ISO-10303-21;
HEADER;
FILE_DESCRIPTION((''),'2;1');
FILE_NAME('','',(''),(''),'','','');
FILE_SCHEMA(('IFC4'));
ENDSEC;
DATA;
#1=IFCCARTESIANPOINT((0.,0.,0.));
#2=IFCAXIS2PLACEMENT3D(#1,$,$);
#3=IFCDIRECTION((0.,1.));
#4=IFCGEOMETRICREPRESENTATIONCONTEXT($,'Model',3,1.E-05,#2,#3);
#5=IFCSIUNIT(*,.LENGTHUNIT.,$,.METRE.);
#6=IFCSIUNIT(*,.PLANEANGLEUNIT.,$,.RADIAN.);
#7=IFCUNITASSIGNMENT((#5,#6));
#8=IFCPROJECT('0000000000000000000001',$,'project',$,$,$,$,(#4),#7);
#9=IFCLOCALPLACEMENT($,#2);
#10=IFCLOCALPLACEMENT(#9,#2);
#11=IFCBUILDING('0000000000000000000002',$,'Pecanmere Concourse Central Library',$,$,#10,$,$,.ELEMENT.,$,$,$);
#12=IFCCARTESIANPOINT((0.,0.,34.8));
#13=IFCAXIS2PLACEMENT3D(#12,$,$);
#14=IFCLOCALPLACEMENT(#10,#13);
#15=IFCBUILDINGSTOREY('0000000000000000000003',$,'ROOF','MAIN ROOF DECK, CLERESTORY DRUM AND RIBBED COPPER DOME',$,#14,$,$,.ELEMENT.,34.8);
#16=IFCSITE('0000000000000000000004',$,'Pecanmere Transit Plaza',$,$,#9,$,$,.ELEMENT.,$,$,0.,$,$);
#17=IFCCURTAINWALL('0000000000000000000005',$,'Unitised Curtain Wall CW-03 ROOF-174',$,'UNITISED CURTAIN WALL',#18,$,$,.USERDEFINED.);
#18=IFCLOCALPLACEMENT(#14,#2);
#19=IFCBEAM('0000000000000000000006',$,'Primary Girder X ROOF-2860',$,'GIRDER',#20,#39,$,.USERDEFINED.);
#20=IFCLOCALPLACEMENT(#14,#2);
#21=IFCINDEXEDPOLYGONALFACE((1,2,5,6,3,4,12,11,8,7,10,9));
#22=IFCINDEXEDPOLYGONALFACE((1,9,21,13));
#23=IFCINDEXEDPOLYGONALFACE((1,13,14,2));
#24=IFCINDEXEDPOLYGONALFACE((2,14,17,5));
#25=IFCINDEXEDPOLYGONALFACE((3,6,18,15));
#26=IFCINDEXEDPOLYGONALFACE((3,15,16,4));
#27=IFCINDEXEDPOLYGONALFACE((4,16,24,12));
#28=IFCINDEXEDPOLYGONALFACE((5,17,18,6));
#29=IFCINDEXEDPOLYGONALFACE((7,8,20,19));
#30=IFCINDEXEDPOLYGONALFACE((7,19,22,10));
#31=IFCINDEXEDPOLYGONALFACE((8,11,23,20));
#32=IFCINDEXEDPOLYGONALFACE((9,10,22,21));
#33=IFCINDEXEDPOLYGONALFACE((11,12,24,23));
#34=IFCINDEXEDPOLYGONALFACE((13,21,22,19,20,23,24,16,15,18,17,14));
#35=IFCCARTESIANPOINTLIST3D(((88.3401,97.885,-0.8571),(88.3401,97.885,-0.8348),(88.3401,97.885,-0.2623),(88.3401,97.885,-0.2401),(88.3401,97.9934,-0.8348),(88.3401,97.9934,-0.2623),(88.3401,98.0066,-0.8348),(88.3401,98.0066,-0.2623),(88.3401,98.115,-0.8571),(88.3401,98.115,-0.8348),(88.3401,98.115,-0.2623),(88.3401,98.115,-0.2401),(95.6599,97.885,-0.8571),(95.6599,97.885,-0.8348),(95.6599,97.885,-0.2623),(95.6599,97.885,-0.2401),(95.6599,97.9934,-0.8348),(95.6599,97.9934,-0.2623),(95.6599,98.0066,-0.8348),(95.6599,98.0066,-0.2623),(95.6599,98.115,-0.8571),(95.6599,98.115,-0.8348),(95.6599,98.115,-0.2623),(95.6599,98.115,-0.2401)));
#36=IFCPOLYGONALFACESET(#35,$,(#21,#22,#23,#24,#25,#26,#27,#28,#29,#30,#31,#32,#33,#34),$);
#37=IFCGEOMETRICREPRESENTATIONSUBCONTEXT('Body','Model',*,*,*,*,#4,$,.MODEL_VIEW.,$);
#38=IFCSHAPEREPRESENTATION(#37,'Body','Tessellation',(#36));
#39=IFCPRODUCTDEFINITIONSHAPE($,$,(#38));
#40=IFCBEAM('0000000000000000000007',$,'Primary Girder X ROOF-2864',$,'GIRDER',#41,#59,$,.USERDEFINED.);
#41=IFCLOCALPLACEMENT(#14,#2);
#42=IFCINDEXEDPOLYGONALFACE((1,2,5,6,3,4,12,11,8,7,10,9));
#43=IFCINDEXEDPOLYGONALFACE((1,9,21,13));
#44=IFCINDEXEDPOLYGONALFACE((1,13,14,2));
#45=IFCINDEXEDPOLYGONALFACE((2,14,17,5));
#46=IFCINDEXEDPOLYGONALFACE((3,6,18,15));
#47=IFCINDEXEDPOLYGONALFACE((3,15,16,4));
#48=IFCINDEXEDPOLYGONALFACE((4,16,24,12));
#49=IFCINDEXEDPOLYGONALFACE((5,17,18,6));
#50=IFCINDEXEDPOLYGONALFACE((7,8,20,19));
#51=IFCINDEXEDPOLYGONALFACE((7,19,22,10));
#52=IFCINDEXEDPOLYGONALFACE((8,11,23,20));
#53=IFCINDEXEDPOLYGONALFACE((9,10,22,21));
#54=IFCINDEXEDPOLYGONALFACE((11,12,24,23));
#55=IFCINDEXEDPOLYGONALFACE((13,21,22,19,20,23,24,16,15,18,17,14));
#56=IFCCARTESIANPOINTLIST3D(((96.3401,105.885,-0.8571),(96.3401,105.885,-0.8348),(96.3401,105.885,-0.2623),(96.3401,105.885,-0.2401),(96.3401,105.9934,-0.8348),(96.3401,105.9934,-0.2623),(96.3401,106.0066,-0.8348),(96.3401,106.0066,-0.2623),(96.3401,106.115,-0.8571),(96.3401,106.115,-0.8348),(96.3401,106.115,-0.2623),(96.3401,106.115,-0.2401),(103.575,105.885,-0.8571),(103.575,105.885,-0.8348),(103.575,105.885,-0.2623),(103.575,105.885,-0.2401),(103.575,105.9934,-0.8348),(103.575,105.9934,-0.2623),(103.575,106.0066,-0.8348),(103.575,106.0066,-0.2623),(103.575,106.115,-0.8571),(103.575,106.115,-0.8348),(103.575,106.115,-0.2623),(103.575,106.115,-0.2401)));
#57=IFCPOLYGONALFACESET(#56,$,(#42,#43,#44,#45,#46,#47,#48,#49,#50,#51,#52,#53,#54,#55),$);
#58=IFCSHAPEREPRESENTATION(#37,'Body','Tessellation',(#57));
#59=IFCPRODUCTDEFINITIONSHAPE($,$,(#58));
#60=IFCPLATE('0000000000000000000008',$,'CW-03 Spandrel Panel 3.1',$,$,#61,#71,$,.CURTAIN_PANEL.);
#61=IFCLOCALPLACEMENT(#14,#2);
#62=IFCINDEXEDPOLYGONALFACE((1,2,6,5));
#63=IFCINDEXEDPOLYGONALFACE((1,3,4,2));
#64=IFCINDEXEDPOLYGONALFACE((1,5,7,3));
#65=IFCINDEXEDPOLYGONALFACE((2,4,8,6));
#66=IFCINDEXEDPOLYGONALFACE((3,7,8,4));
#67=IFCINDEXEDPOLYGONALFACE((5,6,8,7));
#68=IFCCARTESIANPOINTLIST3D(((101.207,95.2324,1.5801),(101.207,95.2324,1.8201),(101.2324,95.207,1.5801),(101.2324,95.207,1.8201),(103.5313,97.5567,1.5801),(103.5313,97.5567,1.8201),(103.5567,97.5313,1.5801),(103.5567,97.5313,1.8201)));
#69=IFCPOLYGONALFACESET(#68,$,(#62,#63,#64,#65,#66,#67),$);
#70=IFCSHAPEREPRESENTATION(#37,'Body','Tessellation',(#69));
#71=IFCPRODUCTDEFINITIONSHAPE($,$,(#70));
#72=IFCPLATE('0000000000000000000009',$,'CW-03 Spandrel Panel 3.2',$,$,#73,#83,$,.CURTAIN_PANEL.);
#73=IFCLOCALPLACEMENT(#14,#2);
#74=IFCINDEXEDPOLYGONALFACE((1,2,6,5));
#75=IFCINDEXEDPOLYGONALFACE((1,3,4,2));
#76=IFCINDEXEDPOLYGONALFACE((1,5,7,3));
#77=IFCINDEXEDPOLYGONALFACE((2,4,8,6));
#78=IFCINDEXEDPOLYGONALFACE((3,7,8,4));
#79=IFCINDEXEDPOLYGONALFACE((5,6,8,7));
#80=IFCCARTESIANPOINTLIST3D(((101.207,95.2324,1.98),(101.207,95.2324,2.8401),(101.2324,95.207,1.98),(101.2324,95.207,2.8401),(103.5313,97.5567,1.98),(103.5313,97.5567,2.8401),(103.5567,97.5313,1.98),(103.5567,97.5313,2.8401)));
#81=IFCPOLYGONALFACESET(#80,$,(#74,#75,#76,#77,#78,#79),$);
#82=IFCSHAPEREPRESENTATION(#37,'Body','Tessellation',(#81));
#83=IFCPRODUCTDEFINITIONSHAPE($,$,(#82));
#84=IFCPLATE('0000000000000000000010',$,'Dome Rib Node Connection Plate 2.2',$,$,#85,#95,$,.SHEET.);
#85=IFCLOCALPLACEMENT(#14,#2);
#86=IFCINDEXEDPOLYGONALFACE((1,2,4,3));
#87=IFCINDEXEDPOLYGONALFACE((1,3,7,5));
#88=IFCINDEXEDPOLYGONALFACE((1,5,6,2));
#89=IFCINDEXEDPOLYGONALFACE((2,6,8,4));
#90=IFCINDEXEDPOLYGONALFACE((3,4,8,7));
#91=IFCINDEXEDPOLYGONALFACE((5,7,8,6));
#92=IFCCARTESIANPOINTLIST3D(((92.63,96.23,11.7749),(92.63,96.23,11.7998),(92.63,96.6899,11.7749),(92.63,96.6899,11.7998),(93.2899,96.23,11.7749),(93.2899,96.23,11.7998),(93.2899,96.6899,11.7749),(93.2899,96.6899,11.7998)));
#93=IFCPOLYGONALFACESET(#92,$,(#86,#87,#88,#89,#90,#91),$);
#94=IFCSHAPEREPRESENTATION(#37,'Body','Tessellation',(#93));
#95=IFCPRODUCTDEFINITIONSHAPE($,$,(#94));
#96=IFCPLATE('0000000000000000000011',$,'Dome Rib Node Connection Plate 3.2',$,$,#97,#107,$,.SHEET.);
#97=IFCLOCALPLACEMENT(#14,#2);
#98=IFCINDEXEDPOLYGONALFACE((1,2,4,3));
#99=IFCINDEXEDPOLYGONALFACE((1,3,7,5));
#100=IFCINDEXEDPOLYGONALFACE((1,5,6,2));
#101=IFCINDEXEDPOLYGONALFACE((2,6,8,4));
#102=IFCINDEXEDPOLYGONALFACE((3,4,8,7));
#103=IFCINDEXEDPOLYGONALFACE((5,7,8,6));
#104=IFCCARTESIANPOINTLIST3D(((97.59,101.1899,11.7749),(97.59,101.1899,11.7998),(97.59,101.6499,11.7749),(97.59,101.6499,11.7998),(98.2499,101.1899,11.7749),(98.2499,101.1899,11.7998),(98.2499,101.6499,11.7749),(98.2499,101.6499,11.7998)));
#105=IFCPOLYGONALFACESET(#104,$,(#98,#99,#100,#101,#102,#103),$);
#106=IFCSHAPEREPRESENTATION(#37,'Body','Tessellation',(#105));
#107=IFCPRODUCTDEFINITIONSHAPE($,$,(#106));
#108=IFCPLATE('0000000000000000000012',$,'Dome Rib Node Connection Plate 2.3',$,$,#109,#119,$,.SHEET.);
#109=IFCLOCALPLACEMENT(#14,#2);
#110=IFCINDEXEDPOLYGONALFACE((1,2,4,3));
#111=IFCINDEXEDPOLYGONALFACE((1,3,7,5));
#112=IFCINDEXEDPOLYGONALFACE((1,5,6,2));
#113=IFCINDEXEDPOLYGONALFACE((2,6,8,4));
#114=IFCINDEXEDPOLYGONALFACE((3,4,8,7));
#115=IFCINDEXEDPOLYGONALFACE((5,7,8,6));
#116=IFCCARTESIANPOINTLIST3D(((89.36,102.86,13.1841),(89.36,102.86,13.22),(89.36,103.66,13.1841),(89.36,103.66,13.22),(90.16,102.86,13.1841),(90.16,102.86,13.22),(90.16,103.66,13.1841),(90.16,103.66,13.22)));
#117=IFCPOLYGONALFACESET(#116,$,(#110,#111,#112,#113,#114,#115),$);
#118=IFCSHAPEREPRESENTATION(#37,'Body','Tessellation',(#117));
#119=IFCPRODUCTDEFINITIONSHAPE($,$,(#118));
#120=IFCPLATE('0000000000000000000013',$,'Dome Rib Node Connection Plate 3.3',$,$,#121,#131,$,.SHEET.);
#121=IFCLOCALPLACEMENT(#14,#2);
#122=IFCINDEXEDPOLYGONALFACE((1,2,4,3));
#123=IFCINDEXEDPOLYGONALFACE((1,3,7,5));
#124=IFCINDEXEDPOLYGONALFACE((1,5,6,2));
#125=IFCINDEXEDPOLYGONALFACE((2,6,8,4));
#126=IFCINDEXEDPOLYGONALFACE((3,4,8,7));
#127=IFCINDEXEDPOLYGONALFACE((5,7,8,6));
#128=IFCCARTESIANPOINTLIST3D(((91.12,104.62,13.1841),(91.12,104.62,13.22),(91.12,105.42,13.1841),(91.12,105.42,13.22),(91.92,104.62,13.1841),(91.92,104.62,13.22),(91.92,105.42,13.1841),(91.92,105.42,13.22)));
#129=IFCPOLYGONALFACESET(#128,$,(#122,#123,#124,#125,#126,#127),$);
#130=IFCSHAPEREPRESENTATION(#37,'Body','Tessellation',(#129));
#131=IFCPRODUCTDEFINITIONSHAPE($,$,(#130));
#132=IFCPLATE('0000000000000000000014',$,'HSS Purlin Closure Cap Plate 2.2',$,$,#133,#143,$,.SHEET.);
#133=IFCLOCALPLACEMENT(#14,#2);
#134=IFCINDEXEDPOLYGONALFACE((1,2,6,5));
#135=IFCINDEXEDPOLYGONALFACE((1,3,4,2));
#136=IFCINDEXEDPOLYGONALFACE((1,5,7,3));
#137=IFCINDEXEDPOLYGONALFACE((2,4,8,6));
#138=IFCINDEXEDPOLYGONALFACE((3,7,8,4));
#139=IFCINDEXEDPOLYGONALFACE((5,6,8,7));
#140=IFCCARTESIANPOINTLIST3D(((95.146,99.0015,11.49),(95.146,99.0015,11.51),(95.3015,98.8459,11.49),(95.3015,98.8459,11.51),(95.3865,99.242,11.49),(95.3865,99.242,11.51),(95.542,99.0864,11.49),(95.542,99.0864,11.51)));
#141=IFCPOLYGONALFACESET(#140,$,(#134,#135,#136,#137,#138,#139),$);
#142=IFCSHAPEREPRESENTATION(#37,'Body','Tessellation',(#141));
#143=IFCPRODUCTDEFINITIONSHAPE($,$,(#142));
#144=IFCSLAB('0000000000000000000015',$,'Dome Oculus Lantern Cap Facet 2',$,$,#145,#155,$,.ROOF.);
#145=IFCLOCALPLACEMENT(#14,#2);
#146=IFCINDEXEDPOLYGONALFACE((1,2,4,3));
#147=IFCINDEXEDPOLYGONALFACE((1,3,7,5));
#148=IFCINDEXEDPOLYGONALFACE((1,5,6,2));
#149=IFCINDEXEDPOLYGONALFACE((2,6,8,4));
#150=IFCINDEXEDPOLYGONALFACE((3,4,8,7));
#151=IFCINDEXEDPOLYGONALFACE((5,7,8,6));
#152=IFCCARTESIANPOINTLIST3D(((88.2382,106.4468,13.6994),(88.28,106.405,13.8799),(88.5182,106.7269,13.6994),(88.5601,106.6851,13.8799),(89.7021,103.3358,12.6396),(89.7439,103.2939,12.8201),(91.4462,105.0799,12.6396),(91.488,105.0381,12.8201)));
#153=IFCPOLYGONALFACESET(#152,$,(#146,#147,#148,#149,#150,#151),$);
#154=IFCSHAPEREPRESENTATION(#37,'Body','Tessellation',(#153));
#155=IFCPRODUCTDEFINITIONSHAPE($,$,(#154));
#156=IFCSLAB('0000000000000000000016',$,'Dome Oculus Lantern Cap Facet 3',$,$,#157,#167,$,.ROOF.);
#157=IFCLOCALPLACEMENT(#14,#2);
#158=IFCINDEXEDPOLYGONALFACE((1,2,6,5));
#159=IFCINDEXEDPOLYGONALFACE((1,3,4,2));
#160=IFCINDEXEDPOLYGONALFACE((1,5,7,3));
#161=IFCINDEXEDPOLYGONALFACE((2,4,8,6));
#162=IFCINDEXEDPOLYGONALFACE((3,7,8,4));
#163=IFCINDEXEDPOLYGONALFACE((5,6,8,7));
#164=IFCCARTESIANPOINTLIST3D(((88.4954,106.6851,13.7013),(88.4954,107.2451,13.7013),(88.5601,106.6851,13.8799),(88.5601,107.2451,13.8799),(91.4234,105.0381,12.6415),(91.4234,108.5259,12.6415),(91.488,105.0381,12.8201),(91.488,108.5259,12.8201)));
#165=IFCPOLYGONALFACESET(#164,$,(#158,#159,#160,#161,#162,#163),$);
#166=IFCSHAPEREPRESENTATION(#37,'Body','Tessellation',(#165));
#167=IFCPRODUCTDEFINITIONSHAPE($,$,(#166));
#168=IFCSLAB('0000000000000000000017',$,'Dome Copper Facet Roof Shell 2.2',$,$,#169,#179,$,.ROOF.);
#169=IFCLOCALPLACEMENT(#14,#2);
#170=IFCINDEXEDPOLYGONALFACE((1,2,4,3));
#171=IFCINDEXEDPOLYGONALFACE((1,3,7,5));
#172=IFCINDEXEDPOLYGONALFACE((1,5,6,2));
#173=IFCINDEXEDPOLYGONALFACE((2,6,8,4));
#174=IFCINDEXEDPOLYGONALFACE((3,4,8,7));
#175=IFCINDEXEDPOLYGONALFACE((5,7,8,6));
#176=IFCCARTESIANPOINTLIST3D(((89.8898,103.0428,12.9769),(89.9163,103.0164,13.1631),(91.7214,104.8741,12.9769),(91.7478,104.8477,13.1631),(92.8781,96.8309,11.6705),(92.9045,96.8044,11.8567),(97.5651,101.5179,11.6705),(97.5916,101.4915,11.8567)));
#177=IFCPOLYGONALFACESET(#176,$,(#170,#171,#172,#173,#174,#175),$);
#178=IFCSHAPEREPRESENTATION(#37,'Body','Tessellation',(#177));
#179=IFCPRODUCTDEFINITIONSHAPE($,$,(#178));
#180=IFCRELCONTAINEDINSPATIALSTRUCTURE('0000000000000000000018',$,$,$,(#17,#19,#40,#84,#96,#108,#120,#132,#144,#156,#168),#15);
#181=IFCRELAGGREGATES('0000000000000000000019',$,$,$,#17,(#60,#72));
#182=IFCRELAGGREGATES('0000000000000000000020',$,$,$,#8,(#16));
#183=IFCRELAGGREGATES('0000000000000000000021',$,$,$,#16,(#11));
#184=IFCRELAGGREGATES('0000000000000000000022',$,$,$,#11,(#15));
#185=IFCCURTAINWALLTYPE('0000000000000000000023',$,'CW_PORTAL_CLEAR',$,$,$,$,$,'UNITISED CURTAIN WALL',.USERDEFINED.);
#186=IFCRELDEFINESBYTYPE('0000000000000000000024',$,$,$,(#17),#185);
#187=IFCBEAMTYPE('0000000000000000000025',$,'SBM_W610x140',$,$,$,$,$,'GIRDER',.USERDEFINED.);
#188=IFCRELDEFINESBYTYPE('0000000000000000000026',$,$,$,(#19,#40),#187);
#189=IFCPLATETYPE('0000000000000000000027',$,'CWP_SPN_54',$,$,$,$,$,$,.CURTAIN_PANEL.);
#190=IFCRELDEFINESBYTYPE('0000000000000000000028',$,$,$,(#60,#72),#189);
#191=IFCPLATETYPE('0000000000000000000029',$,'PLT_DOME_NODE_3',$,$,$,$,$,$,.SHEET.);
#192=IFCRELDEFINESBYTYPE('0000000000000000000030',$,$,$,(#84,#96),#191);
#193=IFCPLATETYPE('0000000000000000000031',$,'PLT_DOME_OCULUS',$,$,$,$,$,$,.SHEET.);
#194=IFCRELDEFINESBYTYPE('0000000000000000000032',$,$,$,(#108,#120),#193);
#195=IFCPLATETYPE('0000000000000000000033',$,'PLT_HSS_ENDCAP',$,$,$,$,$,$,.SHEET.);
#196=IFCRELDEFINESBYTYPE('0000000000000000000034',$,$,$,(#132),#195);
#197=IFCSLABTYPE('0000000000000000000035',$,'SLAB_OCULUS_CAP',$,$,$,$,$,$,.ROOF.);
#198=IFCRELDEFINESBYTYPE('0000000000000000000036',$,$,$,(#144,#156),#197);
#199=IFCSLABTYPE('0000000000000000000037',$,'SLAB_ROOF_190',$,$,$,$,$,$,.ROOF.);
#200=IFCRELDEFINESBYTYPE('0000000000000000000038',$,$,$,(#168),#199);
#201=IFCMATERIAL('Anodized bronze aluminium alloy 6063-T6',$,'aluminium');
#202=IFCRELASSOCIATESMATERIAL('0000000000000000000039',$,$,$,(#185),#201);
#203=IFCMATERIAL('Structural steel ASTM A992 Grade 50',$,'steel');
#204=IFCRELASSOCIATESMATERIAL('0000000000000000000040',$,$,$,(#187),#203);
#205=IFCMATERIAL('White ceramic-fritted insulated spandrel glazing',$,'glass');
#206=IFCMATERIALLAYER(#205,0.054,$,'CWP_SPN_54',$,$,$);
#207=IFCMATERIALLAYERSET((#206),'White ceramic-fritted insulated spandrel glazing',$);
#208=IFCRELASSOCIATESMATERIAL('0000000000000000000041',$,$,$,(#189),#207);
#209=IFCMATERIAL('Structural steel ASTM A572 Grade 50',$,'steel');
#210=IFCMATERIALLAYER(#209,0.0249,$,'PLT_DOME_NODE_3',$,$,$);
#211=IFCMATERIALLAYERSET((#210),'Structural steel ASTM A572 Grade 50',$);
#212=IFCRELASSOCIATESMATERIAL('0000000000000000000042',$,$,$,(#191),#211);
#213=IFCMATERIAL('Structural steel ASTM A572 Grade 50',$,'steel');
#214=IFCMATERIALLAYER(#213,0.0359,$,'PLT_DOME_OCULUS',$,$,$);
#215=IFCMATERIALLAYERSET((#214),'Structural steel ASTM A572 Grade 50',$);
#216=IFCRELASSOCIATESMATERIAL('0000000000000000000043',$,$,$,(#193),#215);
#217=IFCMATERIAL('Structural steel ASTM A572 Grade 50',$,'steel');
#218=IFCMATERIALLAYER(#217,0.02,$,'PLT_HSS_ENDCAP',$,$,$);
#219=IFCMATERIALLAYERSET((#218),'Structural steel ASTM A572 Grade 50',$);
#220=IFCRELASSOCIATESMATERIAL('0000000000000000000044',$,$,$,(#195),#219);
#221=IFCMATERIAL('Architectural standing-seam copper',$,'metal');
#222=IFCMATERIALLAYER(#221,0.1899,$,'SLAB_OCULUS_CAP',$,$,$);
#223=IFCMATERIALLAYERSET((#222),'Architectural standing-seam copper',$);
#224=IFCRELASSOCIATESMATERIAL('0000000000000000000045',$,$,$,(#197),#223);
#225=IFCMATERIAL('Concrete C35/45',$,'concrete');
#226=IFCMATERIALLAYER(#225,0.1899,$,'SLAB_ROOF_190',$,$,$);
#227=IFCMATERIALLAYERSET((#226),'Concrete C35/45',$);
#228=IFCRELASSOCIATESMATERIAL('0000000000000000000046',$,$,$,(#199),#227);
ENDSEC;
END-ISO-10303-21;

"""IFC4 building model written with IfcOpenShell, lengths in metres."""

from ifc_helpers import new_model, si_unit, direction, frame, origin, origin_2d, place, context, subcontext, project, spatial, polyline, rectangle, i_section, outline, extrude, material, layer, layer_set, material_profile, profile_set, type_object, element, aggregate, save


model = new_model("IFC4")

# Units and contexts
model_context = context("Model", 3, precision=1e-05, world=origin(), true_north=direction((0.0, 1.0)))
body_context = subcontext(model_context, "Body", "Model", "MODEL_VIEW")
ifc_project = project(units=[si_unit("LENGTHUNIT", "METRE"), si_unit("PLANEANGLEUNIT", "RADIAN")], contexts=[model_context])

# Site, building, storey
site_placement = place(None, origin())
site = spatial("IfcSite", under=ifc_project, at=site_placement, Name="Pecanmere Transit Plaza", CompositionType="ELEMENT", RefElevation=0.0)
building_placement = place(site_placement, origin())
building = spatial("IfcBuilding", under=site, at=building_placement, Name="Pecanmere Concourse Central Library", CompositionType="ELEMENT")
storey_placement = place(building_placement, frame((0.0, 0.0, 34.8)))
storey = spatial("IfcBuildingStorey", under=building, at=storey_placement, Name="ROOF", Description="MAIN ROOF DECK, CLERESTORY DRUM AND RIBBED COPPER DOME", CompositionType="ELEMENT", Elevation=34.8)

# Curtain wall
ifc_material_1 = material(Name="Anodized bronze aluminium alloy 6063-T6", Category="aluminium")
curtain_wall_type = type_object("IfcCurtainWallType", Name="CW_PORTAL_CLEAR", ElementType="UNITISED CURTAIN WALL", PredefinedType="USERDEFINED", material=ifc_material_1)
curtain_wall_placement = place(storey_placement, origin())
curtain_wall = element("IfcCurtainWall", 1, at=curtain_wall_placement, inside=storey, type_object=curtain_wall_type, Name="Unitised Curtain Wall CW-03 ROOF-174", ObjectType="UNITISED CURTAIN WALL", PredefinedType="USERDEFINED")

# Beams
ifc_material_2 = material(Name="Structural steel ASTM A992 Grade 50", Category="steel")
ifc_material_profile_1 = material_profile(ifc_material_2, i_section(OverallWidth=0.23, OverallDepth=0.6169, WebThickness=0.0132, FlangeThickness=0.0222, at=origin_2d()), Name="W610x140")
ifc_profile_set_1 = profile_set([ifc_material_profile_1], Name="Structural steel ASTM A992 Grade 50")
beam_type_1 = type_object("IfcBeamType", Name="SBM_W610x140", ElementType="GIRDER", PredefinedType="USERDEFINED", material=ifc_profile_set_1)
beam_1_placement = place(storey_placement, frame((88.3401, 98.0, -0.5486), z_axis=(1.0, 0.0, 0.0), x_axis=(0.0, 1.0, 0.0)))
element("IfcBeam", 2, at=beam_1_placement, inside=storey, type_object=beam_type_1, Name="Primary Girder X ROOF-2860", ObjectType="GIRDER", PredefinedType="USERDEFINED", context=body_context, shape_type="SweptSolid", body=[
    extrude(i_section(OverallWidth=0.23, OverallDepth=0.6169, WebThickness=0.0132, FlangeThickness=0.0222, at=origin_2d()), origin(), (0.0, 0.0, 1.0), 7.3198),
])
beam_2_placement = place(storey_placement, frame((96.3401, 106.0, -0.5486), z_axis=(1.0, 0.0, 0.0), x_axis=(0.0, 1.0, 0.0)))
element("IfcBeam", 3, at=beam_2_placement, inside=storey, type_object=beam_type_1, Name="Primary Girder X ROOF-2864", ObjectType="GIRDER", PredefinedType="USERDEFINED", context=body_context, shape_type="SweptSolid", body=[
    extrude(i_section(OverallWidth=0.23, OverallDepth=0.6169, WebThickness=0.0132, FlangeThickness=0.0222, at=origin_2d()), origin(), (0.0, 0.0, 1.0), 7.2349),
])

# Plates
ifc_material_3 = material(Name="White ceramic-fritted insulated spandrel glazing", Category="glass")
ifc_layer_1 = layer(ifc_material_3, 0.054, Name="CWP_SPN_54")
ifc_layer_set_1 = layer_set([ifc_layer_1], Name="White ceramic-fritted insulated spandrel glazing")
plate_type_1 = type_object("IfcPlateType", Name="CWP_SPN_54", PredefinedType="CURTAIN_PANEL", material=ifc_layer_set_1)
plate_1_placement = place(storey_placement, frame((102.3818, 96.3818, 1.5801), z_axis=(0.0, 0.0, 1.0), x_axis=(0.707107, 0.707107, 0.0)))
plate_1 = element("IfcPlate", 4, at=plate_1_placement, type_object=plate_type_1, Name="CW-03 Spandrel Panel 3.1", PredefinedType="CURTAIN_PANEL", context=body_context, shape_type="SweptSolid", body=[
    extrude(rectangle(XDim=3.2871, YDim=0.0359, at=origin_2d()), origin(), (0.0, 0.0, 1.0), 0.24),
])
plate_2_placement = place(storey_placement, frame((102.3818, 96.3818, 1.98), z_axis=(0.0, 0.0, 1.0), x_axis=(0.707107, 0.707107, 0.0)))
plate_2 = element("IfcPlate", 5, at=plate_2_placement, type_object=plate_type_1, Name="CW-03 Spandrel Panel 3.2", PredefinedType="CURTAIN_PANEL", context=body_context, shape_type="SweptSolid", body=[
    extrude(rectangle(XDim=3.2871, YDim=0.0359, at=origin_2d()), origin(), (0.0, 0.0, 1.0), 0.8601),
])
aggregate(curtain_wall, [plate_1, plate_2])

# Plates
ifc_material_4 = material(Name="Structural steel ASTM A572 Grade 50", Category="steel")
ifc_layer_2 = layer(ifc_material_4, 0.0249, Name="PLT_DOME_NODE_3")
ifc_layer_set_2 = layer_set([ifc_layer_2], Name="Structural steel ASTM A572 Grade 50")
plate_type_2 = type_object("IfcPlateType", Name="PLT_DOME_NODE_3", PredefinedType="SHEET", material=ifc_layer_set_2)
for number, where, z_axis, x_axis, name in (
    (6, (92.96, 96.46, 11.7749), (0.0, 0.0, 1.0), (1.0, 0.0, 0.0), "Dome Rib Node Connection Plate 2.2"),
    (7, (97.9199, 101.4199, 11.7749), (0.0, 0.0, 1.0), (1.0, 0.0, 0.0), "Dome Rib Node Connection Plate 3.2"),
):
    element("IfcPlate", number, at=place(storey_placement, frame(where, z_axis=z_axis, x_axis=x_axis)), inside=storey, type_object=plate_type_2, Name=name, PredefinedType="SHEET", context=body_context, shape_type="SweptSolid", body=[
        extrude(rectangle(XDim=0.6599, YDim=0.46, at=origin_2d()), origin(), (0.0, 0.0, 1.0), 0.0249),
    ])
ifc_material_5 = material(Name="Structural steel ASTM A572 Grade 50", Category="steel")
ifc_layer_3 = layer(ifc_material_5, 0.0359, Name="PLT_DOME_OCULUS")
ifc_layer_set_3 = layer_set([ifc_layer_3], Name="Structural steel ASTM A572 Grade 50")
plate_type_3 = type_object("IfcPlateType", Name="PLT_DOME_OCULUS", PredefinedType="SHEET", material=ifc_layer_set_3)
for number, where, z_axis, x_axis, name in (
    (8, (89.76, 103.26, 13.1841), (0.0, 0.0, 1.0), (1.0, 0.0, 0.0), "Dome Rib Node Connection Plate 2.3"),
    (9, (91.52, 105.02, 13.1841), (0.0, 0.0, 1.0), (1.0, 0.0, 0.0), "Dome Rib Node Connection Plate 3.3"),
):
    element("IfcPlate", number, at=place(storey_placement, frame(where, z_axis=z_axis, x_axis=x_axis)), inside=storey, type_object=plate_type_3, Name=name, PredefinedType="SHEET", context=body_context, shape_type="SweptSolid", body=[
        extrude(rectangle(XDim=0.8, YDim=0.8, at=origin_2d()), origin(), (0.0, 0.0, 1.0), 0.0359),
    ])
ifc_material_6 = material(Name="Structural steel ASTM A572 Grade 50", Category="steel")
ifc_layer_4 = layer(ifc_material_6, 0.02, Name="PLT_HSS_ENDCAP")
ifc_layer_set_4 = layer_set([ifc_layer_4], Name="Structural steel ASTM A572 Grade 50")
plate_type_4 = type_object("IfcPlateType", Name="PLT_HSS_ENDCAP", PredefinedType="SHEET", material=ifc_layer_set_4)
plate_3_placement = place(storey_placement, frame((95.344, 99.0439, 11.49), z_axis=(0.0, 0.0, 1.0), x_axis=(0.707107, 0.707107, 0.0)))
element("IfcPlate", 10, at=plate_3_placement, inside=storey, type_object=plate_type_4, Name="HSS Purlin Closure Cap Plate 2.2", PredefinedType="SHEET", context=body_context, shape_type="SweptSolid", body=[
    extrude(rectangle(XDim=0.3401, YDim=0.22, at=origin_2d()), origin(), (0.0, 0.0, 1.0), 0.02),
])

# Slabs
ifc_material_7 = material(Name="Architectural standing-seam copper", Category="metal")
ifc_layer_5 = layer(ifc_material_7, 0.1899, Name="SLAB_OCULUS_CAP")
ifc_layer_set_5 = layer_set([ifc_layer_5], Name="Architectural standing-seam copper")
slab_type_1 = type_object("IfcSlabType", Name="SLAB_OCULUS_CAP", PredefinedType="ROOF", material=ifc_layer_set_5)
slab_1_placement = place(storey_placement, frame((89.7439, 103.2939, 12.8201), z_axis=(0.220143, -0.220143, 0.950302), x_axis=(0.707107, 0.707107, 0.0)))
element("IfcSlab", 11, at=slab_1_placement, inside=storey, type_object=slab_type_1, Name="Dome Oculus Lantern Cap Facet 2", PredefinedType="ROOF", context=body_context, shape_type="SweptSolid", body=[
    extrude(outline(polyline([(0.0, 0.0), (2.4666, 0.0), (1.5608, 3.4042), (1.1648, 3.4042), (0.0, 0.0)])), origin(), (0.0, 0.0, -1.0), 0.1899),
])
slab_2_placement = place(storey_placement, frame((91.488, 105.0381, 12.8201), z_axis=(0.340351, 0.0, 0.940298), x_axis=(0.0, 1.0, 0.0)))
element("IfcSlab", 12, at=slab_2_placement, inside=storey, type_object=slab_type_1, Name="Dome Oculus Lantern Cap Facet 3", PredefinedType="ROOF", context=body_context, shape_type="SweptSolid", body=[
    extrude(outline(polyline([(0.0, 0.0), (3.4878, 0.0), (2.207, 3.1139), (1.647, 3.1139), (0.0, 0.0)])), origin(), (0.0, 0.0, -1.0), 0.1899),
])
ifc_material_8 = material(Name="Concrete C35/45", Category="concrete")
ifc_layer_6 = layer(ifc_material_8, 0.1899, Name="SLAB_ROOF_190")
ifc_layer_set_6 = layer_set([ifc_layer_6], Name="Concrete C35/45")
slab_type_2 = type_object("IfcSlabType", Name="SLAB_ROOF_190", PredefinedType="ROOF", material=ifc_layer_set_6)
slab_3_placement = place(storey_placement, frame((92.9045, 96.8044, 11.8567), z_axis=(0.139216, -0.139222, 0.980427), x_axis=(0.707107, 0.707106, 0.000004)))
element("IfcSlab", 13, at=slab_3_placement, inside=storey, type_object=slab_type_2, Name="Dome Copper Facet Roof Shell 2.2", PredefinedType="ROOF", context=body_context, shape_type="SweptSolid", body=[
    extrude(outline(polyline([(0.0, 0.0), (6.6284, 0.0), (4.8695, 6.6352), (2.2795, 6.6354), (0.0, 0.0)])), origin(), (0.0, 0.0, -1.0), 0.1899),
])

save(model, "model.ifc")
